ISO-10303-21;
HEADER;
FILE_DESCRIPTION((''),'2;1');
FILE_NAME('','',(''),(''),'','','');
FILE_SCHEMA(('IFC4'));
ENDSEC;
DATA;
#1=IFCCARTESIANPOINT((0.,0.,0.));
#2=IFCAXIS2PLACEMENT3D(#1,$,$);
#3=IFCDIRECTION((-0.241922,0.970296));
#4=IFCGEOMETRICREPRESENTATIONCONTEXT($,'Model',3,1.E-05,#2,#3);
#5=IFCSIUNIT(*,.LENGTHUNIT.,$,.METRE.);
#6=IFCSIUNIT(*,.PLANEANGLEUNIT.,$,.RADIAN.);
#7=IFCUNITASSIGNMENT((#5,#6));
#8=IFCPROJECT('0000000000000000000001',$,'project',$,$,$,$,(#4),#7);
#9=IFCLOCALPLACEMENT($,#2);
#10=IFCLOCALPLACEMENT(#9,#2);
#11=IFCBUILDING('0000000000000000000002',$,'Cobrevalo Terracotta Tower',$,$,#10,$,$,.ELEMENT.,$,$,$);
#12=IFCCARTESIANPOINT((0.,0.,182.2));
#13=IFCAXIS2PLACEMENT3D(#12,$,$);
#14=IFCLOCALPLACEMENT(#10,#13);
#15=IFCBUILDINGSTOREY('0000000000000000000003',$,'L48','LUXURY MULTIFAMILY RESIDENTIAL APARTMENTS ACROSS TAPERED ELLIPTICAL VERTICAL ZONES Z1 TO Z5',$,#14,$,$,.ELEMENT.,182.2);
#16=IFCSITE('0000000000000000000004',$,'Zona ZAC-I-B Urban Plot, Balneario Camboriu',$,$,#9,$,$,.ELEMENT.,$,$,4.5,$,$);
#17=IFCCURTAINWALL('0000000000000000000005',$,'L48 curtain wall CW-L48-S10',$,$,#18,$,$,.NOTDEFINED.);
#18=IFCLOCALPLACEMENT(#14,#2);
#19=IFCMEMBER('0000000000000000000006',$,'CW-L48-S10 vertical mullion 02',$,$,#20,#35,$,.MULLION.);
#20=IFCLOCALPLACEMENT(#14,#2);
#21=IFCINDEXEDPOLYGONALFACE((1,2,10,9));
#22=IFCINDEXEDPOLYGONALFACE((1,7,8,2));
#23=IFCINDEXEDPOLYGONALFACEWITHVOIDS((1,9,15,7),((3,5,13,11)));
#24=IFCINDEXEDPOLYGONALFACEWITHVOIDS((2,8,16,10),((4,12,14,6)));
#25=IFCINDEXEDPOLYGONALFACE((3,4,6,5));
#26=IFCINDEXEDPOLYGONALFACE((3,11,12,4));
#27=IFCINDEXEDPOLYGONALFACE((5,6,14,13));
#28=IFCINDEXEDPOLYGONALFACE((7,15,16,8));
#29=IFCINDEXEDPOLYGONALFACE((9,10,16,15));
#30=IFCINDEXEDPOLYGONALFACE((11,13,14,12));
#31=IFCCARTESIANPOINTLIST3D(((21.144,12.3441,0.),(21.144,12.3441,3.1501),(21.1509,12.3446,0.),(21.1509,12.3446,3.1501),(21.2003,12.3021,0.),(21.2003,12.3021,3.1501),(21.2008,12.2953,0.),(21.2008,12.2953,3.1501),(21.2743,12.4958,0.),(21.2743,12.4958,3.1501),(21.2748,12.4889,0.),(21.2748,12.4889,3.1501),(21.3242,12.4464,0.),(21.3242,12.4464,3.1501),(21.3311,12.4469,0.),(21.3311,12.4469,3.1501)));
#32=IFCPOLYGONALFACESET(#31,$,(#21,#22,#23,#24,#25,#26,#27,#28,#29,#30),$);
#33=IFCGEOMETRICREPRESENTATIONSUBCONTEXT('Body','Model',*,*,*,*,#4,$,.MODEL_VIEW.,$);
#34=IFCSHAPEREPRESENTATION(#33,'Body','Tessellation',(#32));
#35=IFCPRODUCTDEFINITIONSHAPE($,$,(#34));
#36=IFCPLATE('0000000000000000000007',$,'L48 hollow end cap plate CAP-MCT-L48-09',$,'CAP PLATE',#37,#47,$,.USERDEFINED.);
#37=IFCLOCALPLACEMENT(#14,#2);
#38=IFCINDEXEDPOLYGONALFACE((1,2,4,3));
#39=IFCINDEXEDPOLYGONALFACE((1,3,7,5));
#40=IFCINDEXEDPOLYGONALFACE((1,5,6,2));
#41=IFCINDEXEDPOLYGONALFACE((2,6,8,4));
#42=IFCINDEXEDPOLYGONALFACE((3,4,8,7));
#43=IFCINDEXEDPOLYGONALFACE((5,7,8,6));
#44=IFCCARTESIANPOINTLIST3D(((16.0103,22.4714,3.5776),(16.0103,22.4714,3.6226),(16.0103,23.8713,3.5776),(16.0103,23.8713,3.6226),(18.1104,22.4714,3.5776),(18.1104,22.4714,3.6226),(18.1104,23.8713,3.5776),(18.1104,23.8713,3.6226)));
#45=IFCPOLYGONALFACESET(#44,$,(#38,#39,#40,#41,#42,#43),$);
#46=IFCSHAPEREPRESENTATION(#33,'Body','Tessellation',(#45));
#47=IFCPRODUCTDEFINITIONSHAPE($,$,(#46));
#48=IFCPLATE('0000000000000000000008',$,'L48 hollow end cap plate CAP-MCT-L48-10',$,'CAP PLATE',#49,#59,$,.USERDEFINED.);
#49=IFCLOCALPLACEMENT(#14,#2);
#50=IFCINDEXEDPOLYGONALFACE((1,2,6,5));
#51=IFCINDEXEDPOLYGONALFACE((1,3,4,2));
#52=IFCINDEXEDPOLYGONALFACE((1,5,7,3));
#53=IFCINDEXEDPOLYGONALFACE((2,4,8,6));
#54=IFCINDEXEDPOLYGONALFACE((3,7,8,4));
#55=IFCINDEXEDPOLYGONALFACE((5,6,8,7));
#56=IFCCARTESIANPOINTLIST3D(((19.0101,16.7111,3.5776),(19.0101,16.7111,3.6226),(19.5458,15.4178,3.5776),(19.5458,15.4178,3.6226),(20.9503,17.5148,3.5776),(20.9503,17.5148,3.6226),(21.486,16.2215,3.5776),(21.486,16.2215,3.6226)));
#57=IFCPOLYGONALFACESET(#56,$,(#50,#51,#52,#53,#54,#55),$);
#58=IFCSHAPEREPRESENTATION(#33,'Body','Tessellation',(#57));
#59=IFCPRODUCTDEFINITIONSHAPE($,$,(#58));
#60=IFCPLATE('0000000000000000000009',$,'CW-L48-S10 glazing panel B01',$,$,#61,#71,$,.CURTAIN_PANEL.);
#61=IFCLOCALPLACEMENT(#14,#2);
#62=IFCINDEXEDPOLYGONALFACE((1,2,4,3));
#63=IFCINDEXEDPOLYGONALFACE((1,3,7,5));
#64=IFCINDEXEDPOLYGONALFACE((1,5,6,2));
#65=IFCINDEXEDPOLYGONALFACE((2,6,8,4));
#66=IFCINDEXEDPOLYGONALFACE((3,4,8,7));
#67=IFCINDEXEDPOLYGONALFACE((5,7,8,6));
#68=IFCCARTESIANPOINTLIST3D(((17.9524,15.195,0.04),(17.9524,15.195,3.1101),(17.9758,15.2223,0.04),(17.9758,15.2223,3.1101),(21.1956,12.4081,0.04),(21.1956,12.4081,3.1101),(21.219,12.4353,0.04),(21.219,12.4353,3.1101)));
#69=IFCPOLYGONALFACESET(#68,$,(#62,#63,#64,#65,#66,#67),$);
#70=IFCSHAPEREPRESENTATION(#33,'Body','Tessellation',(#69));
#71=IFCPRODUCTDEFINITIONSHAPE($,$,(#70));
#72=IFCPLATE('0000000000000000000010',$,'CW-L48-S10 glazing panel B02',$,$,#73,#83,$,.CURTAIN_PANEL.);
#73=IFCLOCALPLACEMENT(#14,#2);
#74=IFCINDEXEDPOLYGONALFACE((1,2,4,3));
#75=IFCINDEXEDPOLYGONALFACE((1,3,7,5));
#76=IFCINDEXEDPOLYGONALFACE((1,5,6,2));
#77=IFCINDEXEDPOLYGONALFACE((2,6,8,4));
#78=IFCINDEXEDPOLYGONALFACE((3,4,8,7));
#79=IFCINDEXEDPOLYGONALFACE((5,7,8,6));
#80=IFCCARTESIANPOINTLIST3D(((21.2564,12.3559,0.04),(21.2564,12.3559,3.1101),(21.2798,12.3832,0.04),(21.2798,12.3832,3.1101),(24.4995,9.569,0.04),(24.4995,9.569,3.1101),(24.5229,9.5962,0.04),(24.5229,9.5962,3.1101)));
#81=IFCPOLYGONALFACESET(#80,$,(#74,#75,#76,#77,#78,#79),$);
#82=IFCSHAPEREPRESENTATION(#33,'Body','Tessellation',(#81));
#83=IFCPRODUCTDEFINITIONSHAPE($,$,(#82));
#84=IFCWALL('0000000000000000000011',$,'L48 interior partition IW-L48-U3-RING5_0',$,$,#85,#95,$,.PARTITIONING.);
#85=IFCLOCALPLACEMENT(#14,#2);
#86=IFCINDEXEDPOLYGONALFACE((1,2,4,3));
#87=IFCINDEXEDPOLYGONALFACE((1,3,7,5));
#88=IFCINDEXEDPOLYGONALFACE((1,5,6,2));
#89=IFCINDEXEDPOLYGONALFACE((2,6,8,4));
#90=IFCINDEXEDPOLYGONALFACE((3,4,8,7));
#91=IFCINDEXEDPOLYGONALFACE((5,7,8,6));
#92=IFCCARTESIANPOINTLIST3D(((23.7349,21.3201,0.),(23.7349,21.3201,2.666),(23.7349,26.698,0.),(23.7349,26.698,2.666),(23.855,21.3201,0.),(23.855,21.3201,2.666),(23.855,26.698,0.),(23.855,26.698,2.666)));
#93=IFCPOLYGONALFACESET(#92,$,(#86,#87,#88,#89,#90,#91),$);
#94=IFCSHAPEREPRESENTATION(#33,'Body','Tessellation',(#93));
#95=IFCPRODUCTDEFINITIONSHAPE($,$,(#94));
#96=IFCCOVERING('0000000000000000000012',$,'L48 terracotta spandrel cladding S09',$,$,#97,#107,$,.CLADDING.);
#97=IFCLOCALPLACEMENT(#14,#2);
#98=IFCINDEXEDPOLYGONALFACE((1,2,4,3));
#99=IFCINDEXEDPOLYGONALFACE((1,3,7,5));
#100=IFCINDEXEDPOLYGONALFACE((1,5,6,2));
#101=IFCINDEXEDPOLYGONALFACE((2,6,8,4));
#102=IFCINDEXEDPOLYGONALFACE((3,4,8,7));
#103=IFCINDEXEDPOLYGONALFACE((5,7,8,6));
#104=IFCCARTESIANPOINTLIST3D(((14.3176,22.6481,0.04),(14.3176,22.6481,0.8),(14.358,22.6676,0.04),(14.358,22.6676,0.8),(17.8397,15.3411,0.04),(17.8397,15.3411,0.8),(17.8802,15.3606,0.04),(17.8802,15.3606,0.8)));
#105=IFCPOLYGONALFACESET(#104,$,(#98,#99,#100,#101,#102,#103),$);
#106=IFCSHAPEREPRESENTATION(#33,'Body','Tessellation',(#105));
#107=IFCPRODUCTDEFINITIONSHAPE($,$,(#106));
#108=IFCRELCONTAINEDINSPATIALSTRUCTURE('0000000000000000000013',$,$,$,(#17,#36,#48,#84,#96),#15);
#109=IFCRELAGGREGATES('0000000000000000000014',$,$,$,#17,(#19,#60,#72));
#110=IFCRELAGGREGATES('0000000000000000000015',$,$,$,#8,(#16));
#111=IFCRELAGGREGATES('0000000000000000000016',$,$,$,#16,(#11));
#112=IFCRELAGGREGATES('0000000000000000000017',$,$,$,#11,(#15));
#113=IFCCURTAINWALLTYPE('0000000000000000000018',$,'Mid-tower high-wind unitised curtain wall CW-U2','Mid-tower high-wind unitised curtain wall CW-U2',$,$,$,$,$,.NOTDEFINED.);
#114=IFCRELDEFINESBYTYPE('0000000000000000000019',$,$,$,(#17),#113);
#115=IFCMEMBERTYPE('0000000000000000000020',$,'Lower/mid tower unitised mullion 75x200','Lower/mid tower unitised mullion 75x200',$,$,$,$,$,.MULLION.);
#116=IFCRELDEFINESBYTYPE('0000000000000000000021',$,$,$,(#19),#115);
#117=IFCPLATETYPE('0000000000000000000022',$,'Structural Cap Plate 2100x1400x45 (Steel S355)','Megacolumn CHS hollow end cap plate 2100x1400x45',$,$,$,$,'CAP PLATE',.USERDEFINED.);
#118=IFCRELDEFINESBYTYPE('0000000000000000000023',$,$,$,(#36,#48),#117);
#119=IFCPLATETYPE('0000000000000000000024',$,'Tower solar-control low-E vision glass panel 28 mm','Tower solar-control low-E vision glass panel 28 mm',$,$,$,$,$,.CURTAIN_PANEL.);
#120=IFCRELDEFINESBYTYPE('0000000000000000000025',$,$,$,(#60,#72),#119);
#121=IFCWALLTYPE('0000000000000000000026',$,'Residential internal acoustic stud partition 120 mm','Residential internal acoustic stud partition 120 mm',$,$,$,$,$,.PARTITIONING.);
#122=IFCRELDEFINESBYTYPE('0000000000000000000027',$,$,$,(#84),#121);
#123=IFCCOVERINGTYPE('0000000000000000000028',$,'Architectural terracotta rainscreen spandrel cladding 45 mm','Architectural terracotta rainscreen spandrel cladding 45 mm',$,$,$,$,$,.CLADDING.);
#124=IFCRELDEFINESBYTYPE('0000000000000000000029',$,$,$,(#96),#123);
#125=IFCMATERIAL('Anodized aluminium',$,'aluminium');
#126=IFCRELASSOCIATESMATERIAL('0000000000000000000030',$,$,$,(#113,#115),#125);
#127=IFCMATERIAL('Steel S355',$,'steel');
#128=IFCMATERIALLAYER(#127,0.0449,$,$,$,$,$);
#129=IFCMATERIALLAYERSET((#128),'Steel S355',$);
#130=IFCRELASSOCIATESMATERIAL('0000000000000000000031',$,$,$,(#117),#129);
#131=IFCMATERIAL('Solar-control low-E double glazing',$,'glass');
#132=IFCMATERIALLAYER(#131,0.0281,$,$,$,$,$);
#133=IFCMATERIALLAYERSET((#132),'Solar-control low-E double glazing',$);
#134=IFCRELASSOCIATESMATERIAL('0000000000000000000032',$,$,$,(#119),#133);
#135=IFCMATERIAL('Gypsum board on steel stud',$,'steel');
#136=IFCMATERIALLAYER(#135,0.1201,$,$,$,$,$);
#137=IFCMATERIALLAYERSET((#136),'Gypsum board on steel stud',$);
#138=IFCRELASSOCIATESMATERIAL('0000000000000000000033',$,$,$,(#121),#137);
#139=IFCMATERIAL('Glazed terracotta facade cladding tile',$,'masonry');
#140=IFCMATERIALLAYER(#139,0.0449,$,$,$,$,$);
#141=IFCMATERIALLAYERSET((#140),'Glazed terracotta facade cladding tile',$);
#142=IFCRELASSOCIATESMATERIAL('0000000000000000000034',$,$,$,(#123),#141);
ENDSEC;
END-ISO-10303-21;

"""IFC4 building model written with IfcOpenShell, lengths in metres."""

from ifc_helpers import new_model, si_unit, direction, frame, frame_2d, origin, origin_2d, place, context, subcontext, project, spatial, rectangle, hollow_rectangle, extrude, source, transform, mapped, material, layer, layer_set, material_profile, profile_set, type_object, element, aggregate, save


model = new_model("IFC4")

# Units and contexts
model_context = context("Model", 3, precision=1e-05, world=origin(), true_north=direction((-0.241922, 0.970296)))
body_context = subcontext(model_context, "Body", "Model", "MODEL_VIEW")
ifc_project = project(units=[si_unit("LENGTHUNIT", "METRE"), si_unit("PLANEANGLEUNIT", "RADIAN")], contexts=[model_context])

# Site, building, storey
site_placement = place(None, origin())
site = spatial("IfcSite", under=ifc_project, at=site_placement, Name="Zona ZAC-I-B Urban Plot, Balneario Camboriu", CompositionType="ELEMENT", RefElevation=4.5)
building_placement = place(site_placement, origin())
building = spatial("IfcBuilding", under=site, at=building_placement, Name="Cobrevalo Terracotta Tower", CompositionType="ELEMENT")
storey_placement = place(building_placement, frame((0.0, 0.0, 182.2)))
storey = spatial("IfcBuildingStorey", under=building, at=storey_placement, Name="L48", Description="LUXURY MULTIFAMILY RESIDENTIAL APARTMENTS ACROSS TAPERED ELLIPTICAL VERTICAL ZONES Z1 TO Z5", CompositionType="ELEMENT", Elevation=182.2)

# Shared definitions
ifc_material_1 = material(Name="Steel S355", Category="steel")

# Curtain wall, member
ifc_material_2 = material(Name="Anodized aluminium", Category="aluminium")
curtain_wall_type = type_object("IfcCurtainWallType", Name="Mid-tower high-wind unitised curtain wall CW-U2", Description="Mid-tower high-wind unitised curtain wall CW-U2", PredefinedType="NOTDEFINED", material=ifc_material_2)
curtain_wall_placement = place(storey_placement, origin())
curtain_wall = element("IfcCurtainWall", 1, at=curtain_wall_placement, inside=storey, type_object=curtain_wall_type, Name="L48 curtain wall CW-L48-S10", PredefinedType="NOTDEFINED")
ifc_material_profile_1 = material_profile(ifc_material_2, hollow_rectangle(XDim=0.075, YDim=0.2, WallThickness=0.0049, at=origin_2d()), Name="CWM 75x200")
ifc_profile_set_1 = profile_set([ifc_material_profile_1], Name="Anodized aluminium")
member_type_1 = type_object("IfcMemberType", Name="Lower/mid tower unitised mullion 75x200", Description="Lower/mid tower unitised mullion 75x200", PredefinedType="MULLION", material=ifc_profile_set_1)
shared_shape_1 = source(origin(), body_context, "Body", "SweptSolid", [
    extrude(hollow_rectangle(XDim=0.075, YDim=0.2, WallThickness=0.0049, at=origin_2d()), origin(), (0.0, 0.0, 1.0), 3.1501),
])
member_1_placement = place(storey_placement, frame((21.2375, 12.3955, 0.0), z_axis=(0.0, 0.0, 1.0), x_axis=(0.758442, -0.651741, 0.0)))
member_1 = element("IfcMember", 2, at=member_1_placement, type_object=member_type_1, Name="CW-L48-S10 vertical mullion 02", PredefinedType="MULLION", context=body_context, shape_type="MappedRepresentation", body=[
    mapped(shared_shape_1, transform((0.0, 0.0, 0.0), scale=1.0)),
])

# Plates
ifc_layer_1 = layer(ifc_material_1, 0.0449)
ifc_layer_set_1 = layer_set([ifc_layer_1], Name="Steel S355")
plate_type_1 = type_object("IfcPlateType", Name="Structural Cap Plate 2100x1400x45 (Steel S355)", Description="Megacolumn CHS hollow end cap plate 2100x1400x45", ElementType="CAP PLATE", PredefinedType="USERDEFINED", material=ifc_layer_set_1)
shared_shape_2 = source(origin(), body_context, "Body", "SweptSolid", [
    extrude(rectangle(XDim=2.1001, YDim=1.3999, at=origin_2d()), origin(), (0.0, 0.0, 1.0), 0.0449),
])
for number, where, z_axis, x_axis, name in (
    (3, (17.0603, 23.1714, 3.5776), (0.0, 0.0, 1.0), (-1.0, 0.0, 0.0), "L48 hollow end cap plate CAP-MCT-L48-09"),
    (4, (20.248, 16.4663, 3.5776), (0.0, 0.0, 1.0), (-0.92388, -0.382683, 0.0), "L48 hollow end cap plate CAP-MCT-L48-10"),
):
    element("IfcPlate", number, at=place(storey_placement, frame(where, z_axis=z_axis, x_axis=x_axis)), inside=storey, type_object=plate_type_1, Name=name, ObjectType="CAP PLATE", PredefinedType="USERDEFINED", context=body_context, shape_type="MappedRepresentation", body=[
        mapped(shared_shape_2, transform((0.0, 0.0, 0.0), scale=1.0)),
    ])

# Plates
ifc_material_3 = material(Name="Solar-control low-E double glazing", Category="glass")
ifc_layer_2 = layer(ifc_material_3, 0.0281)
ifc_layer_set_2 = layer_set([ifc_layer_2], Name="Solar-control low-E double glazing")
plate_type_2 = type_object("IfcPlateType", Name="Tower solar-control low-E vision glass panel 28 mm", Description="Tower solar-control low-E vision glass panel 28 mm", PredefinedType="CURTAIN_PANEL", material=ifc_layer_set_2)
shared_shape_3 = source(origin(), body_context, "Body", "SweptSolid", [
    extrude(rectangle(XDim=4.2761, YDim=0.0359, at=origin_2d()), origin(), (0.0, 0.0, 1.0), 3.0701),
])
plate_1_placement = place(storey_placement, frame((19.5857, 13.8152, 0.04), z_axis=(0.0, 0.0, 1.0), x_axis=(0.758437, -0.651746, 0.0)))
plate_1 = element("IfcPlate", 5, at=plate_1_placement, type_object=plate_type_2, Name="CW-L48-S10 glazing panel B01", PredefinedType="CURTAIN_PANEL", context=body_context, shape_type="MappedRepresentation", body=[
    mapped(shared_shape_3, transform((0.0, 0.0, 0.0), scale=1.0)),
])
plate_2_placement = place(storey_placement, frame((22.8896, 10.9761, 0.04), z_axis=(0.0, 0.0, 1.0), x_axis=(0.758437, -0.651746, 0.0)))
plate_2 = element("IfcPlate", 6, at=plate_2_placement, type_object=plate_type_2, Name="CW-L48-S10 glazing panel B02", PredefinedType="CURTAIN_PANEL", context=body_context, shape_type="MappedRepresentation", body=[
    mapped(shared_shape_3, transform((0.0, 0.0, 0.0), scale=1.0)),
])
aggregate(curtain_wall, [member_1, plate_1, plate_2])

# Wall
ifc_material_4 = material(Name="Gypsum board on steel stud", Category="steel")
ifc_layer_3 = layer(ifc_material_4, 0.1201)
ifc_layer_set_3 = layer_set([ifc_layer_3], Name="Gypsum board on steel stud")
wall_type = type_object("IfcWallType", Name="Residential internal acoustic stud partition 120 mm", Description="Residential internal acoustic stud partition 120 mm", PredefinedType="PARTITIONING", material=ifc_layer_set_3)
wall_placement = place(storey_placement, frame((23.7949, 21.3201, 0.0), z_axis=(0.0, 0.0, 1.0), x_axis=(0.0, 1.0, 0.0)))
element("IfcWall", 7, at=wall_placement, inside=storey, type_object=wall_type, Name="L48 interior partition IW-L48-U3-RING5_0", PredefinedType="PARTITIONING", context=body_context, shape_type="SweptSolid", body=[
    extrude(rectangle(XDim=5.3779, YDim=0.1201, at=frame_2d((2.689, 0.0))), origin(), (0.0, 0.0, 1.0), 2.666),
])

# Covering
ifc_material_5 = material(Name="Glazed terracotta facade cladding tile", Category="masonry")
ifc_layer_4 = layer(ifc_material_5, 0.0449)
ifc_layer_set_4 = layer_set([ifc_layer_4], Name="Glazed terracotta facade cladding tile")
covering_type = type_object("IfcCoveringType", Name="Architectural terracotta rainscreen spandrel cladding 45 mm", Description="Architectural terracotta rainscreen spandrel cladding 45 mm", PredefinedType="CLADDING", material=ifc_layer_set_4)
shared_shape_4 = source(origin(), body_context, "Body", "SweptSolid", [
    extrude(rectangle(XDim=8.1116, YDim=0.0449, at=origin_2d()), origin(), (0.0, 0.0, 1.0), 0.76),
])
covering_placement = place(storey_placement, frame((16.0989, 19.0044, 0.04), z_axis=(0.0, 0.0, 1.0), x_axis=(0.434209, -0.900812, 0.0)))
element("IfcCovering", 8, at=covering_placement, inside=storey, type_object=covering_type, Name="L48 terracotta spandrel cladding S09", PredefinedType="CLADDING", context=body_context, shape_type="MappedRepresentation", body=[
    mapped(shared_shape_4, transform((0.0, 0.0, 0.0), scale=1.0)),
])

save(model, "model.ifc")
